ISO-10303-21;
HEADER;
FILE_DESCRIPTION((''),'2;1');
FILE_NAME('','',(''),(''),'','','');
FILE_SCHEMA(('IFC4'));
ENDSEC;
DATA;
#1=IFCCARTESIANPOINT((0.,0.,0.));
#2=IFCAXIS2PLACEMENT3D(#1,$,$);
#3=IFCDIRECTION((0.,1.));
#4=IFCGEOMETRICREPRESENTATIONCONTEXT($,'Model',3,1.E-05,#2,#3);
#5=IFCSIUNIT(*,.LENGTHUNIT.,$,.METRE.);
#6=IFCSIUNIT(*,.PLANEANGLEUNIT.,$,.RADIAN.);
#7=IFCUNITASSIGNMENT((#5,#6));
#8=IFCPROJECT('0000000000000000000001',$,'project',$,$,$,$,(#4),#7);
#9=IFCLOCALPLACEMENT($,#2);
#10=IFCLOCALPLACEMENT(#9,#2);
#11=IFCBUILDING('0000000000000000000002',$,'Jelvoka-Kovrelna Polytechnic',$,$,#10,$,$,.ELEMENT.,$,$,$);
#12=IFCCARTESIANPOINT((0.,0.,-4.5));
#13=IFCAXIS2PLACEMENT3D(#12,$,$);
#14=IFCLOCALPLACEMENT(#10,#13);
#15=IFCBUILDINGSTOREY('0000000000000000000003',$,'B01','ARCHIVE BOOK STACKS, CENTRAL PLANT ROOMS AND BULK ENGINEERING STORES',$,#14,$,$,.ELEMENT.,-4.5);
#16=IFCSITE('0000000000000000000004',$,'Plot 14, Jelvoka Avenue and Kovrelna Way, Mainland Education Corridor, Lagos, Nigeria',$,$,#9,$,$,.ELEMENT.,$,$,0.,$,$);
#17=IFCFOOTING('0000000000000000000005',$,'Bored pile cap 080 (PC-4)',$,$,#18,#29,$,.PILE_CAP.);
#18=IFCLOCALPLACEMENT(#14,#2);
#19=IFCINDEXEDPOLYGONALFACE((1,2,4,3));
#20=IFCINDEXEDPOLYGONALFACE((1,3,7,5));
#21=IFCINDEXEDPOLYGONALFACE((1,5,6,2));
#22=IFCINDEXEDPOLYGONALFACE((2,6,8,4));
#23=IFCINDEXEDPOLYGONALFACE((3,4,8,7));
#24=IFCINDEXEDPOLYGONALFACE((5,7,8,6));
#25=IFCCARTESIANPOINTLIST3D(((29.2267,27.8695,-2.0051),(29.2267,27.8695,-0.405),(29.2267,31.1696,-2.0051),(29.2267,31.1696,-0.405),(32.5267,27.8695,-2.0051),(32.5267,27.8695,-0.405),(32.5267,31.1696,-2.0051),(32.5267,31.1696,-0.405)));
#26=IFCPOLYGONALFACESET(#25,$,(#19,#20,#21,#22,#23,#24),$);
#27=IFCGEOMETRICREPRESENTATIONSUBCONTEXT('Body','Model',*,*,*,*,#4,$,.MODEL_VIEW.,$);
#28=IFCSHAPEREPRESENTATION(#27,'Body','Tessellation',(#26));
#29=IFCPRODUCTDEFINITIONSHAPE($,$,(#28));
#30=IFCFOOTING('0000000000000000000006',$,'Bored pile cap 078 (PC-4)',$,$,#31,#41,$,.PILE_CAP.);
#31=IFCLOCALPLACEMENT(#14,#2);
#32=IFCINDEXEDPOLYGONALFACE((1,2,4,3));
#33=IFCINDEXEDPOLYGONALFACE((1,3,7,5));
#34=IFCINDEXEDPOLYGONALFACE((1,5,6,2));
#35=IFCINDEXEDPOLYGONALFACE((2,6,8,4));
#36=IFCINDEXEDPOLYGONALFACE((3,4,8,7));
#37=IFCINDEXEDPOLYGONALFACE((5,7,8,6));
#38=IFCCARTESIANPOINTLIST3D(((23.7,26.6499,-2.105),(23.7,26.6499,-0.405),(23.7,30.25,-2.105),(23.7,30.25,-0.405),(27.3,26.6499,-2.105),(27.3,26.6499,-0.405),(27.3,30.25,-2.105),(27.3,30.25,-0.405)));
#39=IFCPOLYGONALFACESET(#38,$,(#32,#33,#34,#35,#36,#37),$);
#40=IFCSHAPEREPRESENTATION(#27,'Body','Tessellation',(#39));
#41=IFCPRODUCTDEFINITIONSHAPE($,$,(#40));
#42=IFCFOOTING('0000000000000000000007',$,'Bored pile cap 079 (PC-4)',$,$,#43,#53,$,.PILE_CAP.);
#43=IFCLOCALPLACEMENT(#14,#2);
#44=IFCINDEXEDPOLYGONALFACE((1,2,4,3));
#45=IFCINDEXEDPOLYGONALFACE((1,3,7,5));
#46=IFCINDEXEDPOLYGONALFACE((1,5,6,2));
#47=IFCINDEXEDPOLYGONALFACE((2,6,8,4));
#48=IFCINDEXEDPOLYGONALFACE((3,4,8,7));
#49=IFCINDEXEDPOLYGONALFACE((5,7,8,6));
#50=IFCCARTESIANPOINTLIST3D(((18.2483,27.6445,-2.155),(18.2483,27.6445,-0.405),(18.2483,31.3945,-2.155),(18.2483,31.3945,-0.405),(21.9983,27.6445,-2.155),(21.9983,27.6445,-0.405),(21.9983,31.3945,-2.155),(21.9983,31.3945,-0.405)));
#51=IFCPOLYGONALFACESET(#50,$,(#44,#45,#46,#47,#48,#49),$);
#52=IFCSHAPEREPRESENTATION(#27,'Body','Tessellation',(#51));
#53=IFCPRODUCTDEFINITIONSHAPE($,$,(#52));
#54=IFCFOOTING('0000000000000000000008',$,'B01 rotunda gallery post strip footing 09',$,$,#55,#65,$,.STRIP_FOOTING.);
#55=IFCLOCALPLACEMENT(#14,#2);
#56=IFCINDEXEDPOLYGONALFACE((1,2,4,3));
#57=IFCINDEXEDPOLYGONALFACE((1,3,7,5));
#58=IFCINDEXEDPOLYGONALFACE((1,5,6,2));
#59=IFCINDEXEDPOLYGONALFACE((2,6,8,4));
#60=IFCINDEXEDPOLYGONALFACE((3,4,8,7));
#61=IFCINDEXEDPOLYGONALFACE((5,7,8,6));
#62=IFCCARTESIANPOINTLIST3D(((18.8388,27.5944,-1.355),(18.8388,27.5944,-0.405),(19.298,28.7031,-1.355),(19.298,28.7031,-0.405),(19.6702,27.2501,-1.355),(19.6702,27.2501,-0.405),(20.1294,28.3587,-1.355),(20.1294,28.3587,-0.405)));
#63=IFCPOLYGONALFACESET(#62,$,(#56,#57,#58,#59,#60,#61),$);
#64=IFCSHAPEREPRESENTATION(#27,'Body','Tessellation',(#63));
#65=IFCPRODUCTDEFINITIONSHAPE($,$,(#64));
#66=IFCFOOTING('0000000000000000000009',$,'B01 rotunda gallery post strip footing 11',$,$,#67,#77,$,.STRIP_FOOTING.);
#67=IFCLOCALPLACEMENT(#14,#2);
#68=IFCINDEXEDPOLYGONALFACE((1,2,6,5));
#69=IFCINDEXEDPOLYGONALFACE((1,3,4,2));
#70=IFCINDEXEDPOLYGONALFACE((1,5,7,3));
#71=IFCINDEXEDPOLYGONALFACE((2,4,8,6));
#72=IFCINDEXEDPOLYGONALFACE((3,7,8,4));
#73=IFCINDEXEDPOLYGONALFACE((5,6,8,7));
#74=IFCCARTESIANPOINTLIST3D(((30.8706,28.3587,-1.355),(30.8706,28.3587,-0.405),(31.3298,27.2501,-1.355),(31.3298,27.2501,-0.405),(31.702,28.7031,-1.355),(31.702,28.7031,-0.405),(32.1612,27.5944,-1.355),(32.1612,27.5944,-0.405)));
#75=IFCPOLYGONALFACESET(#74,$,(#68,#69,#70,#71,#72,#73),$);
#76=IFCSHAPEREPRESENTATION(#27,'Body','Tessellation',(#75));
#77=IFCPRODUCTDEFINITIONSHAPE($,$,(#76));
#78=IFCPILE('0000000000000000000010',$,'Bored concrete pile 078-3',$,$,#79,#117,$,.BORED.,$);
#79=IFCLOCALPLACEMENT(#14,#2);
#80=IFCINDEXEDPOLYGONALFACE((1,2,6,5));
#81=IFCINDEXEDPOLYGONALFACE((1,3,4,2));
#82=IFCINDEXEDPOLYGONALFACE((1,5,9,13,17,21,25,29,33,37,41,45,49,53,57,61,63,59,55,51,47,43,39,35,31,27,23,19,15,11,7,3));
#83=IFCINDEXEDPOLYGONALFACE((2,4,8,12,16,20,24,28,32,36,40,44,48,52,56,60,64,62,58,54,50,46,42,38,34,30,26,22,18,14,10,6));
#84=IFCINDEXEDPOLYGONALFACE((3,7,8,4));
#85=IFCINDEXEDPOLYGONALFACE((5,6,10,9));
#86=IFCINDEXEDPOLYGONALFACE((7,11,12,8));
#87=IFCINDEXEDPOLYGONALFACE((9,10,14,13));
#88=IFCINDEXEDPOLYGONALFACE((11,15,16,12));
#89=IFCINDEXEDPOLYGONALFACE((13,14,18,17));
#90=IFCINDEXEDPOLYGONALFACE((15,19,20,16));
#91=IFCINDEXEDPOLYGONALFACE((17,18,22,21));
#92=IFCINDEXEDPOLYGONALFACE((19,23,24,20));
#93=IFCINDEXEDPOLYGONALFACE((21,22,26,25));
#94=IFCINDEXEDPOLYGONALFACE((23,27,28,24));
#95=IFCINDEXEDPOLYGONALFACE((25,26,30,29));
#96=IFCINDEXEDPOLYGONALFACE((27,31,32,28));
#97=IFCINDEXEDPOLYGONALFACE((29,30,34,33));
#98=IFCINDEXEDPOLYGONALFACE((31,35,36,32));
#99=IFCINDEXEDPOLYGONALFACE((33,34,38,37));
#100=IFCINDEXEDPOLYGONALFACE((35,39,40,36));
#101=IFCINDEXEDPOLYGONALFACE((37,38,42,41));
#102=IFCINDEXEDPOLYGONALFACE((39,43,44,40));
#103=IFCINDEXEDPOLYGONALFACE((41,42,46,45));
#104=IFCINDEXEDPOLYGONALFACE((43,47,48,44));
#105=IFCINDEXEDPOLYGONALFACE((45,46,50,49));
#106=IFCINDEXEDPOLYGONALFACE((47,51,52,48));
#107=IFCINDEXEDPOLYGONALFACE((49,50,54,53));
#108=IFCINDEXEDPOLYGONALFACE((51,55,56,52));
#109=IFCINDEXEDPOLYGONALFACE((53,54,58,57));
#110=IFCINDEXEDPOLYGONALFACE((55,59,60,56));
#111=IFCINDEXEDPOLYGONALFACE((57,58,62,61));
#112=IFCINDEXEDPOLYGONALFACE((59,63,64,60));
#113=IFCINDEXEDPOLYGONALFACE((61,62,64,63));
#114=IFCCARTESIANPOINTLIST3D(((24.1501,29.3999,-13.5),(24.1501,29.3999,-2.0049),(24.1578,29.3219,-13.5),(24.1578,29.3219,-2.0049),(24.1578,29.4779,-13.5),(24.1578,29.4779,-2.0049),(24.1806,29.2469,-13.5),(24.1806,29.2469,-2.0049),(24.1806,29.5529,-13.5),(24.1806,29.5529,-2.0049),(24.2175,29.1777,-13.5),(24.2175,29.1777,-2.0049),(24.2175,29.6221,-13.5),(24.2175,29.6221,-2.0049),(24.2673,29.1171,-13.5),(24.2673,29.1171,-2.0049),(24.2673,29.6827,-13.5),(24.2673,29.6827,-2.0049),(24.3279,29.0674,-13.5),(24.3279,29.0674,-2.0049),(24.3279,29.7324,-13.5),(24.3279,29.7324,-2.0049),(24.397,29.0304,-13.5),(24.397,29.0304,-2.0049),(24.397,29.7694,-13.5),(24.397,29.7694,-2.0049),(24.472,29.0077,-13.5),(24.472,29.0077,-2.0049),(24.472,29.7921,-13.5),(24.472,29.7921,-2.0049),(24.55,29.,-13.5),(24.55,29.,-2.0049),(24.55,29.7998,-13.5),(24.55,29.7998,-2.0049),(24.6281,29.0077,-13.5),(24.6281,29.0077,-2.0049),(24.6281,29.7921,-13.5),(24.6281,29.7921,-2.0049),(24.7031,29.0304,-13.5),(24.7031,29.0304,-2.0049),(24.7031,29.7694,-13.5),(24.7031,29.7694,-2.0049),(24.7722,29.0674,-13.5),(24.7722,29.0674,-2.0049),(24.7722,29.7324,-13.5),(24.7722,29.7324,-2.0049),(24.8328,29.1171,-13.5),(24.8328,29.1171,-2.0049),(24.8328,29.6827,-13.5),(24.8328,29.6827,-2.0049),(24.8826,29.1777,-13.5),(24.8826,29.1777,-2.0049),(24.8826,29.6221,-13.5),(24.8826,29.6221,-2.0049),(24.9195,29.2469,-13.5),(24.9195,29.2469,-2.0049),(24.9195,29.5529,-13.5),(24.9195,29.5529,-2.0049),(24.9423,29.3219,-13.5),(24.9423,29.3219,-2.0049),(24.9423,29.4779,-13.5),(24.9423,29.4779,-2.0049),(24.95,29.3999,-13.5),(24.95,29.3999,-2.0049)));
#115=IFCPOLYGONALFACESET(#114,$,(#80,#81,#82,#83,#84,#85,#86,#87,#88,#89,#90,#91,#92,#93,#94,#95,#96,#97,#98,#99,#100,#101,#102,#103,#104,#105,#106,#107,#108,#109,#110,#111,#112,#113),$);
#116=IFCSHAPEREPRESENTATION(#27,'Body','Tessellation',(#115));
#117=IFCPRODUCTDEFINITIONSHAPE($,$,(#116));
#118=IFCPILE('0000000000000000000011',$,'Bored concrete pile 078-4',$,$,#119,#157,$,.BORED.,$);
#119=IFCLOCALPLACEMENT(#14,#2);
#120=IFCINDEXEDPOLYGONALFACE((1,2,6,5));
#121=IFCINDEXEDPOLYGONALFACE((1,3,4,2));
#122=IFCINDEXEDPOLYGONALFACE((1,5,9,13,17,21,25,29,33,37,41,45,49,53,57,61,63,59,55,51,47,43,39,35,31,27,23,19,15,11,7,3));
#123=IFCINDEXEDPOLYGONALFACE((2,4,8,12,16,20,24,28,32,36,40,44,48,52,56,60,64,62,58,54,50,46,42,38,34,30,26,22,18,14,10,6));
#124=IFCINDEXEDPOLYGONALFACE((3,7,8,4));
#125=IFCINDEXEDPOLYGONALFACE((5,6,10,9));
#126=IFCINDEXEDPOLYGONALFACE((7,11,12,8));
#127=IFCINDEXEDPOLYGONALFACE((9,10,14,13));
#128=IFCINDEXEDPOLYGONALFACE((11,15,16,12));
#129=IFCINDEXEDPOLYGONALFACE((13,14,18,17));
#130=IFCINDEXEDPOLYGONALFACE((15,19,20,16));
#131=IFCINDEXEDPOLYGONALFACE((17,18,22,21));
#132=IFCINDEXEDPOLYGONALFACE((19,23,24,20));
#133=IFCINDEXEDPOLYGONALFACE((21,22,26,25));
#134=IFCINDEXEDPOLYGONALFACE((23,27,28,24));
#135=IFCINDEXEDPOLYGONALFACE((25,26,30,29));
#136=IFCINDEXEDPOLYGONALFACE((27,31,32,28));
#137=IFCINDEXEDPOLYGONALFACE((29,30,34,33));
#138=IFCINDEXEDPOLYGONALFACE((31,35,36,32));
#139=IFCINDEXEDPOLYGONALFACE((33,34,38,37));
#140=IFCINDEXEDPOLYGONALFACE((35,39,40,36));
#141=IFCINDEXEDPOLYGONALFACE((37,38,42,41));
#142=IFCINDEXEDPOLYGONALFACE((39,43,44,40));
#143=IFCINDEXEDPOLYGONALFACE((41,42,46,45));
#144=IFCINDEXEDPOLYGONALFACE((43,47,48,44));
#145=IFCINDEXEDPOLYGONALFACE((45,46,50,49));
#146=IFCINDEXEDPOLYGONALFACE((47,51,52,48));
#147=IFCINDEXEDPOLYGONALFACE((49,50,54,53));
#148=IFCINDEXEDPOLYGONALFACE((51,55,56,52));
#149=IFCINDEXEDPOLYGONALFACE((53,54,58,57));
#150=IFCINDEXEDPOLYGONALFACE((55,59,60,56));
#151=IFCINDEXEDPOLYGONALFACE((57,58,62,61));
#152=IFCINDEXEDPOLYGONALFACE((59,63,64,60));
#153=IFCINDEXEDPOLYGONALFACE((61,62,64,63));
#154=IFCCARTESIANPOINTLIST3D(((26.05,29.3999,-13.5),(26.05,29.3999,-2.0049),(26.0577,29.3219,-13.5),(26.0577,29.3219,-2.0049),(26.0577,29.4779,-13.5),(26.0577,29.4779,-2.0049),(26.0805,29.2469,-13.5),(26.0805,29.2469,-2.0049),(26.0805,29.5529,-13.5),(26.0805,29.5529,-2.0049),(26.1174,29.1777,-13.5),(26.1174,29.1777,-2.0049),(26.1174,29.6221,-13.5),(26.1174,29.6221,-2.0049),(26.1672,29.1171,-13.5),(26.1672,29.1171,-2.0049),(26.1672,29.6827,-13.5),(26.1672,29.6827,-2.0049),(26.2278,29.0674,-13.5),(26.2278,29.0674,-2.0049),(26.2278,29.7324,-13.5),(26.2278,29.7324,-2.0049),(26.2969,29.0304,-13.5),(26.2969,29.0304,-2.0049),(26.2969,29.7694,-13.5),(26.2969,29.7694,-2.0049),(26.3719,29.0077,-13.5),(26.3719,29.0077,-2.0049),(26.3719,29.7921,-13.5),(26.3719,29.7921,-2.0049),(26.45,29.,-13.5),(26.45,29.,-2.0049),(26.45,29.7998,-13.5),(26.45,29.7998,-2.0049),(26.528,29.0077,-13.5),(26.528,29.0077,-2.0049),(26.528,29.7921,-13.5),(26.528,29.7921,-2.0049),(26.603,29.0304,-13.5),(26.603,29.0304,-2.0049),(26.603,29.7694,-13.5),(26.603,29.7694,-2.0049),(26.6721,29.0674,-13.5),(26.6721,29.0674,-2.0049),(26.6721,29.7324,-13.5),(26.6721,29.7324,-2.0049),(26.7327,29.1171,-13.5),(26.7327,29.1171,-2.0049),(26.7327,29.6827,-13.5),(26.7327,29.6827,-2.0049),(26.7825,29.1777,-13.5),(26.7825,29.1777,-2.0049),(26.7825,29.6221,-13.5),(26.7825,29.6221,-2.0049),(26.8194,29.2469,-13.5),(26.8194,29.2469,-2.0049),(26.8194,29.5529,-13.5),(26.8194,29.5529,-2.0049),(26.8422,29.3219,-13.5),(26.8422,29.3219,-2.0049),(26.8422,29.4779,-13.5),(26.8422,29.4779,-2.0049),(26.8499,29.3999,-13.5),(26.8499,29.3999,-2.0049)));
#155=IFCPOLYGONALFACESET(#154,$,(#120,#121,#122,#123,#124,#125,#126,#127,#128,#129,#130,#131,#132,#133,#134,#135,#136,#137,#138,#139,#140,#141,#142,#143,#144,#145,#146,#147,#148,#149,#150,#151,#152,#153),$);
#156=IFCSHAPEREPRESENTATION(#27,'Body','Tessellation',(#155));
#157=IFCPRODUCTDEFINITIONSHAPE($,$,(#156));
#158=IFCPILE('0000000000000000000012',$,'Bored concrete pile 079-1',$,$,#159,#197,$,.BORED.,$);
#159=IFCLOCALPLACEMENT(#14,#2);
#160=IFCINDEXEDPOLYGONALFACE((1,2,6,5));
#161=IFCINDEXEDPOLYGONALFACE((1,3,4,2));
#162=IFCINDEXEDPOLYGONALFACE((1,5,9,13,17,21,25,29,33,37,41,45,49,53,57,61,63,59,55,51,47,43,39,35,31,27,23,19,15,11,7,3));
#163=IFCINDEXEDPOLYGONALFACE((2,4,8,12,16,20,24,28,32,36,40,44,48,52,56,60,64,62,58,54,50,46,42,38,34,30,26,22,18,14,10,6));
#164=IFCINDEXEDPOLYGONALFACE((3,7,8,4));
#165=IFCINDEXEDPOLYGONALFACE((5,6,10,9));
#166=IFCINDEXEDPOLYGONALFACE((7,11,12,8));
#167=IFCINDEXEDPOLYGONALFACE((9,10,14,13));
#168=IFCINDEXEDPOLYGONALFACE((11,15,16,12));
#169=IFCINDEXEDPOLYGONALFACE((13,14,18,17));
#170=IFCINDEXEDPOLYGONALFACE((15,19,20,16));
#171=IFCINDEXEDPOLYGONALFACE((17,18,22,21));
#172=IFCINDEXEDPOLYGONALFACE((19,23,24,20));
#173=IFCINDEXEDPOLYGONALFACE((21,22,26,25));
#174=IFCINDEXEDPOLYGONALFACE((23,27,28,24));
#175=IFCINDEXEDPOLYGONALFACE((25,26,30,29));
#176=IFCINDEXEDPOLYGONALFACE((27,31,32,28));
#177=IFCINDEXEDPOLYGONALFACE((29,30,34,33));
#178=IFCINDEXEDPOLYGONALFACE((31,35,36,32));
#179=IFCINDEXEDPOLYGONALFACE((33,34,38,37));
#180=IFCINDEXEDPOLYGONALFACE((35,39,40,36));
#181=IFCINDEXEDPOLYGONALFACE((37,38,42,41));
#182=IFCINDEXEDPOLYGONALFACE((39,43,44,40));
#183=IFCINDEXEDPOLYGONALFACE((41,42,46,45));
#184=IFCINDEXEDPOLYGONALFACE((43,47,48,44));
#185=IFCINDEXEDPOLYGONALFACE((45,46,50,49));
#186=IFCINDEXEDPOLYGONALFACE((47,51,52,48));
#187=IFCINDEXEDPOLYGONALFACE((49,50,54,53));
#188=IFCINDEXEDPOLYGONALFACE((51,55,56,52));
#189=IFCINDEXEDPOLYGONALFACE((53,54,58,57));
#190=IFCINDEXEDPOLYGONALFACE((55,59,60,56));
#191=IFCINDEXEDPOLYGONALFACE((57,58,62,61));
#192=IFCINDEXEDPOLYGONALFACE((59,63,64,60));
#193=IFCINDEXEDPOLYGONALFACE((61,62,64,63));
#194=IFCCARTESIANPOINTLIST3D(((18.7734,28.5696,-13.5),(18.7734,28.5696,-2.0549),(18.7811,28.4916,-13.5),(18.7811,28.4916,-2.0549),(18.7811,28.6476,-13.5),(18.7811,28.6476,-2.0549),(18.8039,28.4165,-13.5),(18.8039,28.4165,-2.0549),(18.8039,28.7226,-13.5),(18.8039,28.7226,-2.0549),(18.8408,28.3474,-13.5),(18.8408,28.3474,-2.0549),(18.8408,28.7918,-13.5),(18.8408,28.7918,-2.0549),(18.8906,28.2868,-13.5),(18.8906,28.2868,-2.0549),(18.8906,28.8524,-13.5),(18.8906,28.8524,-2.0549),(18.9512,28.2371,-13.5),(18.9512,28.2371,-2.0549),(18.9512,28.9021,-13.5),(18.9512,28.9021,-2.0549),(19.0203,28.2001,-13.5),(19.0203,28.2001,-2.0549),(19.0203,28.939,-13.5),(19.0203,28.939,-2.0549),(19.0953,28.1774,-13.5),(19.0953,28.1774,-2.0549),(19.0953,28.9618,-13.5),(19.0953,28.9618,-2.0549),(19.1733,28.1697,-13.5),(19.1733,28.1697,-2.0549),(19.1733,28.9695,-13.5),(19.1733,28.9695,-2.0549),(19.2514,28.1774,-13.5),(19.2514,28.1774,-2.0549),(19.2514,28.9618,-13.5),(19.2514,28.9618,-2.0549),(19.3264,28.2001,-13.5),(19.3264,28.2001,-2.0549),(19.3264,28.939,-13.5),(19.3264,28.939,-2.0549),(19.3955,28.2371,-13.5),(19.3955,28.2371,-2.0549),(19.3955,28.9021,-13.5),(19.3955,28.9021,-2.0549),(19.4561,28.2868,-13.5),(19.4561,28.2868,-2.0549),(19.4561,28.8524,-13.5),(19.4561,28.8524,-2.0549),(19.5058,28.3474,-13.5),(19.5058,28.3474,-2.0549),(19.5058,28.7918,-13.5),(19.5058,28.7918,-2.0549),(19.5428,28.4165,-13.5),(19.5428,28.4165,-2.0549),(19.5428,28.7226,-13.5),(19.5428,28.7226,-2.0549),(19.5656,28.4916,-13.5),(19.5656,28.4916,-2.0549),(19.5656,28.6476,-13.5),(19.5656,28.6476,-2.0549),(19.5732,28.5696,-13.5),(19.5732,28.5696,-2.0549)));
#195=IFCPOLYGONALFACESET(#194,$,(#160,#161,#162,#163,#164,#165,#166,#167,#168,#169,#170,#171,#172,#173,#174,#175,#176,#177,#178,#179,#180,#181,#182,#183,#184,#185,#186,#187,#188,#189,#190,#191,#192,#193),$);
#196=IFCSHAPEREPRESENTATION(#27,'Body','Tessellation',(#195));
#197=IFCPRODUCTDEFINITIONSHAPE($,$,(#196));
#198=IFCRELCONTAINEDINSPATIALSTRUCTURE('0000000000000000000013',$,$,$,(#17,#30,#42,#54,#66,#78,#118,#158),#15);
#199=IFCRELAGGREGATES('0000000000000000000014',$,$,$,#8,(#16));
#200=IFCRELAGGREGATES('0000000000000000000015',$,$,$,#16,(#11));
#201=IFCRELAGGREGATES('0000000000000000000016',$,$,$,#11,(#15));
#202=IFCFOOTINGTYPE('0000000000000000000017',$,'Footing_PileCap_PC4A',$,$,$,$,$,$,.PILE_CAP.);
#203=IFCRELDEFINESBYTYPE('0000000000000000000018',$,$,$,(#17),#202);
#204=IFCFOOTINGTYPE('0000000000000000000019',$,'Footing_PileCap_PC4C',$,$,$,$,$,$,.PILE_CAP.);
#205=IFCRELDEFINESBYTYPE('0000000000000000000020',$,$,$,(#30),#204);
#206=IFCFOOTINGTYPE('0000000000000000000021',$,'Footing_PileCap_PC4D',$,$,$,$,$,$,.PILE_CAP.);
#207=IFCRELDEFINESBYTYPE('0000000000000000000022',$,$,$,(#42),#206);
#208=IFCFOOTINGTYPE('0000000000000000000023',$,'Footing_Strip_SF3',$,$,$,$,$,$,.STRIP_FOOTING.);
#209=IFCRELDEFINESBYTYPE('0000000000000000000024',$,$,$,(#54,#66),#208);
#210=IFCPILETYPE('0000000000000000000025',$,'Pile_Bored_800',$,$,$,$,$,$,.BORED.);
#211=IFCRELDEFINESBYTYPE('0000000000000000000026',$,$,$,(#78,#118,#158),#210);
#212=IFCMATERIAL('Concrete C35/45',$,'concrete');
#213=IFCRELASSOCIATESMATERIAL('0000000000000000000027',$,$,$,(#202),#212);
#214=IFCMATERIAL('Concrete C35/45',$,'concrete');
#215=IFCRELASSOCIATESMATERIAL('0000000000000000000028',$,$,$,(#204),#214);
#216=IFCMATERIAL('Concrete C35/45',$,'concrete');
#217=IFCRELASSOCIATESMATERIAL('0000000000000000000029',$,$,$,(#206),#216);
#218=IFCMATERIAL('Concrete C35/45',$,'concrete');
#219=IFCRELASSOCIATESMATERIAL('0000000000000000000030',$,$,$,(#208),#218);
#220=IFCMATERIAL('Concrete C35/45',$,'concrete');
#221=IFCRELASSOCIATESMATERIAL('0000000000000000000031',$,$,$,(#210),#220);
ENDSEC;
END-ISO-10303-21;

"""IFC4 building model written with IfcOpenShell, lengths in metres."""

from ifc_helpers import new_model, si_unit, direction, frame, origin, origin_2d, place, context, subcontext, project, spatial, rectangle, circle, extrude, material, material_profile, profile_set, type_object, element, save


model = new_model("IFC4")

# Units and contexts
model_context = context("Model", 3, precision=1e-05, world=origin(), true_north=direction((0.0, 1.0)))
body_context = subcontext(model_context, "Body", "Model", "MODEL_VIEW")
ifc_project = project(units=[si_unit("LENGTHUNIT", "METRE"), si_unit("PLANEANGLEUNIT", "RADIAN")], contexts=[model_context])

# Site, building, storey
site_placement = place(None, origin())
site = spatial("IfcSite", under=ifc_project, at=site_placement, Name="Plot 14, Jelvoka Avenue and Kovrelna Way, Mainland Education Corridor, Lagos, Nigeria", CompositionType="ELEMENT", RefElevation=0.0)
building_placement = place(site_placement, origin())
building = spatial("IfcBuilding", under=site, at=building_placement, Name="Jelvoka-Kovrelna Polytechnic", CompositionType="ELEMENT")
storey_placement = place(building_placement, frame((0.0, 0.0, -4.5)))
storey = spatial("IfcBuildingStorey", under=building, at=storey_placement, Name="B01", Description="ARCHIVE BOOK STACKS, CENTRAL PLANT ROOMS AND BULK ENGINEERING STORES", CompositionType="ELEMENT", Elevation=-4.5)

# Footings
ifc_material_1 = material(Name="Concrete C35/45", Category="concrete")
footing_type_1 = type_object("IfcFootingType", Name="Footing_PileCap_PC4A", PredefinedType="PILE_CAP", material=ifc_material_1)
footing_1_placement = place(storey_placement, frame((30.8767, 29.5195, -2.0051), z_axis=(0.0, 0.0, 1.0), x_axis=(1.0, 0.0, 0.0)))
element("IfcFooting", 1, at=footing_1_placement, inside=storey, type_object=footing_type_1, Name="Bored pile cap 080 (PC-4)", PredefinedType="PILE_CAP", context=body_context, shape_type="SweptSolid", body=[
    extrude(rectangle(XDim=3.3, YDim=3.3, at=origin_2d()), origin(), (0.0, 0.0, 1.0), 1.6001),
])
ifc_material_2 = material(Name="Concrete C35/45", Category="concrete")
footing_type_2 = type_object("IfcFootingType", Name="Footing_PileCap_PC4C", PredefinedType="PILE_CAP", material=ifc_material_2)
footing_2_placement = place(storey_placement, frame((25.5, 28.45, -2.105), z_axis=(0.0, 0.0, 1.0), x_axis=(1.0, 0.0, 0.0)))
element("IfcFooting", 2, at=footing_2_placement, inside=storey, type_object=footing_type_2, Name="Bored pile cap 078 (PC-4)", PredefinedType="PILE_CAP", context=body_context, shape_type="SweptSolid", body=[
    extrude(rectangle(XDim=3.6001, YDim=3.6001, at=origin_2d()), origin(), (0.0, 0.0, 1.0), 1.7),
])
ifc_material_3 = material(Name="Concrete C35/45", Category="concrete")
footing_type_3 = type_object("IfcFootingType", Name="Footing_PileCap_PC4D", PredefinedType="PILE_CAP", material=ifc_material_3)
footing_3_placement = place(storey_placement, frame((20.1233, 29.5195, -2.155), z_axis=(0.0, 0.0, 1.0), x_axis=(1.0, 0.0, 0.0)))
element("IfcFooting", 3, at=footing_3_placement, inside=storey, type_object=footing_type_3, Name="Bored pile cap 079 (PC-4)", PredefinedType="PILE_CAP", context=body_context, shape_type="SweptSolid", body=[
    extrude(rectangle(XDim=3.75, YDim=3.75, at=origin_2d()), origin(), (0.0, 0.0, 1.0), 1.75),
])
ifc_material_4 = material(Name="Concrete C35/45", Category="concrete")
footing_type_4 = type_object("IfcFootingType", Name="Footing_Strip_SF3", PredefinedType="STRIP_FOOTING", material=ifc_material_4)
for number, where, z_axis, x_axis, name in (
    (4, (19.4841, 27.9766, -1.355), (0.0, 0.0, 1.0), (0.382683, 0.92388, 0.0), "B01 rotunda gallery post strip footing 09"),
    (5, (31.5159, 27.9766, -1.355), (0.0, 0.0, 1.0), (-0.382683, 0.92388, 0.0), "B01 rotunda gallery post strip footing 11"),
):
    element("IfcFooting", number, at=place(storey_placement, frame(where, z_axis=z_axis, x_axis=x_axis)), inside=storey, type_object=footing_type_4, Name=name, PredefinedType="STRIP_FOOTING", context=body_context, shape_type="SweptSolid", body=[
        extrude(rectangle(XDim=1.2, YDim=0.8999, at=origin_2d()), origin(), (0.0, 0.0, 1.0), 0.95),
    ])

# Piles
ifc_material_5 = material(Name="Concrete C35/45", Category="concrete")
ifc_material_profile_1 = material_profile(ifc_material_5, circle(Radius=0.3999, at=origin_2d()), Name="PILE D800")
ifc_profile_set_1 = profile_set([ifc_material_profile_1], Name="Concrete C35/45")
pile_type = type_object("IfcPileType", Name="Pile_Bored_800", PredefinedType="BORED", material=ifc_profile_set_1)
for number, where, z_axis, x_axis, name in (
    (6, (24.55, 29.3999, -2.0049), (0.0, 0.0, -1.0), (1.0, 0.0, 0.0), "Bored concrete pile 078-3"),
    (7, (26.45, 29.3999, -2.0049), (0.0, 0.0, -1.0), (1.0, 0.0, 0.0), "Bored concrete pile 078-4"),
):
    element("IfcPile", number, at=place(storey_placement, frame(where, z_axis=z_axis, x_axis=x_axis)), inside=storey, type_object=pile_type, Name=name, PredefinedType="BORED", context=body_context, shape_type="SweptSolid", body=[
        extrude(circle(Radius=0.3999, at=origin_2d()), origin(), (0.0, 0.0, 1.0), 11.4951),
    ])
for number, where, z_axis, x_axis, name in (
    (8, (19.1733, 28.5696, -2.0549), (0.0, 0.0, -1.0), (1.0, 0.0, 0.0), "Bored concrete pile 079-1"),
):
    element("IfcPile", number, at=place(storey_placement, frame(where, z_axis=z_axis, x_axis=x_axis)), inside=storey, type_object=pile_type, Name=name, PredefinedType="BORED", context=body_context, shape_type="SweptSolid", body=[
        extrude(circle(Radius=0.3999, at=origin_2d()), origin(), (0.0, 0.0, 1.0), 11.4451),
    ])

save(model, "model.ifc")
